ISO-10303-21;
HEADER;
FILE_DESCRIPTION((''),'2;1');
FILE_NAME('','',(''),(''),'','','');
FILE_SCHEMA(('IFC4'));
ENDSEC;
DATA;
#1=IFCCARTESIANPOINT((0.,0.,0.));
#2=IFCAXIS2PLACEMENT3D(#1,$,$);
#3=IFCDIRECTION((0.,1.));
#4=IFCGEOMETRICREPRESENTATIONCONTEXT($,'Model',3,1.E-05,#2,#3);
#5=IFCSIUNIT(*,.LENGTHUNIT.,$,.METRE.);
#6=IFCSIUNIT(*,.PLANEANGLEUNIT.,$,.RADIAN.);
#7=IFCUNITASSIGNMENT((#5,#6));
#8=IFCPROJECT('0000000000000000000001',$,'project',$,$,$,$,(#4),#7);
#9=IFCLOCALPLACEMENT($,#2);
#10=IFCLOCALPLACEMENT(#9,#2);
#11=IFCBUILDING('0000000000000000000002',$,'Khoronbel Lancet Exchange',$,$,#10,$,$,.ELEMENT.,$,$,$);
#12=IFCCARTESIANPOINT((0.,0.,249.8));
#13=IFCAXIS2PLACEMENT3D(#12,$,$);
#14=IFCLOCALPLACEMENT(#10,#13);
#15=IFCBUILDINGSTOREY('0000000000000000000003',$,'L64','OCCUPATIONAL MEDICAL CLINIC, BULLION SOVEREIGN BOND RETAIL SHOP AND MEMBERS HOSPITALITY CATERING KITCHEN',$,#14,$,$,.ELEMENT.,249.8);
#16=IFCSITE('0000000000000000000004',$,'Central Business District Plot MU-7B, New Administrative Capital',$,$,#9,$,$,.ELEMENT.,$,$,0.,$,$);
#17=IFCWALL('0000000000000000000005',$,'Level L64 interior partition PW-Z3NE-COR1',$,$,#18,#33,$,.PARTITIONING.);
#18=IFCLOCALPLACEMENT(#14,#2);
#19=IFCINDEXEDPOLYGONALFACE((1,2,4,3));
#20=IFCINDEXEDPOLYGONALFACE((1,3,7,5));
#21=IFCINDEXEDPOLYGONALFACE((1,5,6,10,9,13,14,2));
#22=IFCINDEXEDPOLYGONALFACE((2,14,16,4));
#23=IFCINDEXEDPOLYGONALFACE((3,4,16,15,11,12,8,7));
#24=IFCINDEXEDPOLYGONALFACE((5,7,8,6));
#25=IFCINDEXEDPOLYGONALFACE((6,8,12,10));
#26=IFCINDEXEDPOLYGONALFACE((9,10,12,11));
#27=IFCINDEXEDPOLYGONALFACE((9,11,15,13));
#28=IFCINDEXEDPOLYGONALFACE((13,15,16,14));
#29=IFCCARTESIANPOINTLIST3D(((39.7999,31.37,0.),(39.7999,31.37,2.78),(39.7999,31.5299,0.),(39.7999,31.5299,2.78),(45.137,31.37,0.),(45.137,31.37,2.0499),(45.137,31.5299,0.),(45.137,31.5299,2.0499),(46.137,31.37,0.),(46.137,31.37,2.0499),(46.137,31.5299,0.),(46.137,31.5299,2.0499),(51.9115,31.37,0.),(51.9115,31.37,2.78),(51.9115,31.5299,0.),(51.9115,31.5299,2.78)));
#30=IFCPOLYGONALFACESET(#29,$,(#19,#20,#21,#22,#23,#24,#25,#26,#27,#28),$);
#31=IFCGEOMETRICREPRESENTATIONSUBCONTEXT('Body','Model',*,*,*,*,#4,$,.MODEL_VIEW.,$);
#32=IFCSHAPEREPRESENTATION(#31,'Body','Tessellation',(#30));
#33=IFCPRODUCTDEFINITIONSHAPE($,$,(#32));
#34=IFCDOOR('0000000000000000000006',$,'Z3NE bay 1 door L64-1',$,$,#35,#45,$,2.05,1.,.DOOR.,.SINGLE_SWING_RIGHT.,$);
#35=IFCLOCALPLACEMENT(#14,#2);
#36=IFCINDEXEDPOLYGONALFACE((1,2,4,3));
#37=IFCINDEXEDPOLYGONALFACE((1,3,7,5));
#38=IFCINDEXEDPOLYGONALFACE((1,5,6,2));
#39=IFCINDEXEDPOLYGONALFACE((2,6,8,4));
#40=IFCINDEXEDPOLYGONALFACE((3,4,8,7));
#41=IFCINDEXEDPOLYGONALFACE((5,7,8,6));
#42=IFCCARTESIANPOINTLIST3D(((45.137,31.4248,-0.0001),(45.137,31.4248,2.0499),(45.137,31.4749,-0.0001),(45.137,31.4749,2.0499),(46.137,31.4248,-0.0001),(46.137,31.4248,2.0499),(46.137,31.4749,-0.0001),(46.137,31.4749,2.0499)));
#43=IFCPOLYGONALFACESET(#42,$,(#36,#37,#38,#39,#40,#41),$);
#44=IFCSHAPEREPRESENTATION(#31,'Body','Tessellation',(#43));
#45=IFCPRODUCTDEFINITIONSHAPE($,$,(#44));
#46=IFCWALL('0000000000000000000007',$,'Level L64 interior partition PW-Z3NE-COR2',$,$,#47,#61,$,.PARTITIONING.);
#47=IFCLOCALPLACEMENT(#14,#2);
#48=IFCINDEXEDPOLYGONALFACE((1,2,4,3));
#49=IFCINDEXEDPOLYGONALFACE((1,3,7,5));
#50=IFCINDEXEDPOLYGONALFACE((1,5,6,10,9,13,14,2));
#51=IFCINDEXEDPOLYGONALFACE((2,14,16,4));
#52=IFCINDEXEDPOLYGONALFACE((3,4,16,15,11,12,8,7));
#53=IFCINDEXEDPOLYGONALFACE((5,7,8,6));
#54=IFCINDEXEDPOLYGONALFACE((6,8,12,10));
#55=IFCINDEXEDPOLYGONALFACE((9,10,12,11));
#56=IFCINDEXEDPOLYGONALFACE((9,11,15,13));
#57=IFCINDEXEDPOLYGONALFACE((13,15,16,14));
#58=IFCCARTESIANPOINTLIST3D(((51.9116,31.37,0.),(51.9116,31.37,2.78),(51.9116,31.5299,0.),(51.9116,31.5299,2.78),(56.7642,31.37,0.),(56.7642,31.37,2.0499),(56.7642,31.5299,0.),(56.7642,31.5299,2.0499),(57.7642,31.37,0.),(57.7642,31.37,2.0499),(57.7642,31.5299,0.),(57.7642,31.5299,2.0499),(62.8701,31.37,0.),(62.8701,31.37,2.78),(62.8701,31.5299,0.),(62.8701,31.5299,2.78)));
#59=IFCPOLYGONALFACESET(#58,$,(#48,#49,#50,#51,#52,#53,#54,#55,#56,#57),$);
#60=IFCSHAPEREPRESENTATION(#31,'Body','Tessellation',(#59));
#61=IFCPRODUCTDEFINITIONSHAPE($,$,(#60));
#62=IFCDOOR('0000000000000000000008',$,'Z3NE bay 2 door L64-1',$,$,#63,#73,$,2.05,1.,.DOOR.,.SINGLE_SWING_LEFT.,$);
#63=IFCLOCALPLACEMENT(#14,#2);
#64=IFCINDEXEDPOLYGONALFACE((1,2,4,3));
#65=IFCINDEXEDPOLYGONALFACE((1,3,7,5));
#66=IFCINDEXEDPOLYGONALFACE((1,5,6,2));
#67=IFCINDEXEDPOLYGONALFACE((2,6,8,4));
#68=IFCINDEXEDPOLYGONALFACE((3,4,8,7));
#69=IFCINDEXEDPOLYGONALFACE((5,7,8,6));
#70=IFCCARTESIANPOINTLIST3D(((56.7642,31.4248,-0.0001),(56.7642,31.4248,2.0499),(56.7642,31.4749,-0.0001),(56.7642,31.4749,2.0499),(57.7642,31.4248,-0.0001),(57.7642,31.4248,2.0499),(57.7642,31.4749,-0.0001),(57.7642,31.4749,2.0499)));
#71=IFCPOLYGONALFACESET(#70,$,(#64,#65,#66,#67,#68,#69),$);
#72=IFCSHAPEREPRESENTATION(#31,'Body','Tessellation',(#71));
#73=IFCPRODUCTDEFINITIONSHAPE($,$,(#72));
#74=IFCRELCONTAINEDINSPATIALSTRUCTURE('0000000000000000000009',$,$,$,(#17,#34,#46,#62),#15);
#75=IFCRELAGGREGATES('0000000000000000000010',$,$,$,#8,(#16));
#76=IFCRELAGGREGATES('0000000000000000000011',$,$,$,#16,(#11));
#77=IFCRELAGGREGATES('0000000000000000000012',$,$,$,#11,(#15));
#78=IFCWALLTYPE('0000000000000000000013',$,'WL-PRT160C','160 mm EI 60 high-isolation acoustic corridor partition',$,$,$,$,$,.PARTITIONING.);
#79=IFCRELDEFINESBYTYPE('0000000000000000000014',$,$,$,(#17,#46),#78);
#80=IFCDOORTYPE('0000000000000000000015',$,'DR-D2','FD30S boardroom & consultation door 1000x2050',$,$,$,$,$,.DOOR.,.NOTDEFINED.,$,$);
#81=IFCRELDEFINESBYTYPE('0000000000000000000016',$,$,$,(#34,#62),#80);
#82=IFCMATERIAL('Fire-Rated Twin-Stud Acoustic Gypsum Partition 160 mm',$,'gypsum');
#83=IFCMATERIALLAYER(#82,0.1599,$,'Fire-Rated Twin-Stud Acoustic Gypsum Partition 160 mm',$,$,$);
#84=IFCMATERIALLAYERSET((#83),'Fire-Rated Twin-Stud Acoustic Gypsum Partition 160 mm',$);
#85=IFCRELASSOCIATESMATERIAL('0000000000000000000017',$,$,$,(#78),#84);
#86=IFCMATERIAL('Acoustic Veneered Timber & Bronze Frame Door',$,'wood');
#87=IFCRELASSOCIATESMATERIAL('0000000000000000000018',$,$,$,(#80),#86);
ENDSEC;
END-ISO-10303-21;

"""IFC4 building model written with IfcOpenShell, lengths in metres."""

from ifc_helpers import new_model, si_unit, direction, frame, frame_2d, origin, place, context, subcontext, project, spatial, rectangle, extrude, material, layer, layer_set, type_object, element, fill, save


model = new_model("IFC4")

# Units and contexts
model_context = context("Model", 3, precision=1e-05, world=origin(), true_north=direction((0.0, 1.0)))
body_context = subcontext(model_context, "Body", "Model", "MODEL_VIEW")
ifc_project = project(units=[si_unit("LENGTHUNIT", "METRE"), si_unit("PLANEANGLEUNIT", "RADIAN")], contexts=[model_context])

# Site, building, storey
site_placement = place(None, origin())
site = spatial("IfcSite", under=ifc_project, at=site_placement, Name="Central Business District Plot MU-7B, New Administrative Capital", CompositionType="ELEMENT", RefElevation=0.0)
building_placement = place(site_placement, origin())
building = spatial("IfcBuilding", under=site, at=building_placement, Name="Khoronbel Lancet Exchange", CompositionType="ELEMENT")
storey_placement = place(building_placement, frame((0.0, 0.0, 249.8)))
storey = spatial("IfcBuildingStorey", under=building, at=storey_placement, Name="L64", Description="OCCUPATIONAL MEDICAL CLINIC, BULLION SOVEREIGN BOND RETAIL SHOP AND MEMBERS HOSPITALITY CATERING KITCHEN", CompositionType="ELEMENT", Elevation=249.8)

# Walls, openings, doors
ifc_material_1 = material(Name="Fire-Rated Twin-Stud Acoustic Gypsum Partition 160 mm", Category="gypsum")
ifc_layer_1 = layer(ifc_material_1, 0.1599, Name="Fire-Rated Twin-Stud Acoustic Gypsum Partition 160 mm")
ifc_layer_set_1 = layer_set([ifc_layer_1], Name="Fire-Rated Twin-Stud Acoustic Gypsum Partition 160 mm")
wall_type_1 = type_object("IfcWallType", Name="WL-PRT160C", Description="160 mm EI 60 high-isolation acoustic corridor partition", PredefinedType="PARTITIONING", material=ifc_layer_set_1)
ifc_material_2 = material(Name="Acoustic Veneered Timber & Bronze Frame Door", Category="wood")
door_type_1 = type_object("IfcDoorType", Name="DR-D2", Description="FD30S boardroom & consultation door 1000x2050", OperationType="NOTDEFINED", PredefinedType="DOOR", material=ifc_material_2)
wall_1_placement = place(storey_placement, frame((39.8, 31.45, 0.0), z_axis=(0.0, 0.0, 1.0), x_axis=(1.0, 0.0, 0.0)))
wall_1 = element("IfcWall", 1, at=wall_1_placement, inside=storey, type_object=wall_type_1, Name="Level L64 interior partition PW-Z3NE-COR1", PredefinedType="PARTITIONING", context=body_context, shape_type="SweptSolid", body=[
    extrude(rectangle(XDim=12.1116, YDim=0.1599, at=frame_2d((6.0557, 0.0))), origin(), (0.0, 0.0, 1.0), 2.78),
])
opening_1_placement = place(wall_1_placement, frame((5.3369, 0.0, 0.0)))
opening_1 = element("IfcOpeningElement", 2, at=opening_1_placement, cuts=wall_1, PredefinedType="OPENING", context=body_context, shape_type="SweptSolid", body=[
    extrude(rectangle(XDim=1.0, YDim=2.05, at=frame_2d((0.5, 1.0249))), frame((0.0, 0.0898, 0.0), z_axis=(0.0, -1.0, 0.0), x_axis=(1.0, 0.0, 0.0)), (0.0, 0.0, 1.0), 0.1799),
])
door_1_placement = place(opening_1_placement, origin())
door_1 = element("IfcDoor", 3, at=door_1_placement, inside=storey, type_object=door_type_1, Name="Z3NE bay 1 door L64-1", OperationType="SINGLE_SWING_RIGHT", OverallHeight=2.05, OverallWidth=1.0, PredefinedType="DOOR", context=body_context, shape_type="SweptSolid", body=[
    extrude(rectangle(XDim=1.0, YDim=2.05, at=frame_2d((0.5, 1.0249))), frame((0.0, 0.0249, 0.0), z_axis=(0.0, -1.0, 0.0), x_axis=(1.0, 0.0, 0.0)), (0.0, 0.0, 1.0), 0.05),
])
fill(opening_1, door_1)
wall_2_placement = place(storey_placement, frame((51.9116, 31.45, 0.0), z_axis=(0.0, 0.0, 1.0), x_axis=(1.0, 0.0, 0.0)))
wall_2 = element("IfcWall", 4, at=wall_2_placement, inside=storey, type_object=wall_type_1, Name="Level L64 interior partition PW-Z3NE-COR2", PredefinedType="PARTITIONING", context=body_context, shape_type="SweptSolid", body=[
    extrude(rectangle(XDim=10.9585, YDim=0.1599, at=frame_2d((5.4792, 0.0))), origin(), (0.0, 0.0, 1.0), 2.78),
])
opening_2_placement = place(wall_2_placement, frame((4.8525, 0.0, 0.0)))
opening_2 = element("IfcOpeningElement", 5, at=opening_2_placement, cuts=wall_2, PredefinedType="OPENING", context=body_context, shape_type="SweptSolid", body=[
    extrude(rectangle(XDim=1.0, YDim=2.05, at=frame_2d((0.5, 1.0249))), frame((0.0, 0.0898, 0.0), z_axis=(0.0, -1.0, 0.0), x_axis=(1.0, 0.0, 0.0)), (0.0, 0.0, 1.0), 0.1799),
])
door_2_placement = place(opening_2_placement, origin())
door_2 = element("IfcDoor", 6, at=door_2_placement, inside=storey, type_object=door_type_1, Name="Z3NE bay 2 door L64-1", OperationType="SINGLE_SWING_LEFT", OverallHeight=2.05, OverallWidth=1.0, PredefinedType="DOOR", context=body_context, shape_type="SweptSolid", body=[
    extrude(rectangle(XDim=1.0, YDim=2.05, at=frame_2d((0.5, 1.0249))), frame((0.0, 0.0249, 0.0), z_axis=(0.0, -1.0, 0.0), x_axis=(1.0, 0.0, 0.0)), (0.0, 0.0, 1.0), 0.05),
])
fill(opening_2, door_2)

save(model, "model.ifc")
